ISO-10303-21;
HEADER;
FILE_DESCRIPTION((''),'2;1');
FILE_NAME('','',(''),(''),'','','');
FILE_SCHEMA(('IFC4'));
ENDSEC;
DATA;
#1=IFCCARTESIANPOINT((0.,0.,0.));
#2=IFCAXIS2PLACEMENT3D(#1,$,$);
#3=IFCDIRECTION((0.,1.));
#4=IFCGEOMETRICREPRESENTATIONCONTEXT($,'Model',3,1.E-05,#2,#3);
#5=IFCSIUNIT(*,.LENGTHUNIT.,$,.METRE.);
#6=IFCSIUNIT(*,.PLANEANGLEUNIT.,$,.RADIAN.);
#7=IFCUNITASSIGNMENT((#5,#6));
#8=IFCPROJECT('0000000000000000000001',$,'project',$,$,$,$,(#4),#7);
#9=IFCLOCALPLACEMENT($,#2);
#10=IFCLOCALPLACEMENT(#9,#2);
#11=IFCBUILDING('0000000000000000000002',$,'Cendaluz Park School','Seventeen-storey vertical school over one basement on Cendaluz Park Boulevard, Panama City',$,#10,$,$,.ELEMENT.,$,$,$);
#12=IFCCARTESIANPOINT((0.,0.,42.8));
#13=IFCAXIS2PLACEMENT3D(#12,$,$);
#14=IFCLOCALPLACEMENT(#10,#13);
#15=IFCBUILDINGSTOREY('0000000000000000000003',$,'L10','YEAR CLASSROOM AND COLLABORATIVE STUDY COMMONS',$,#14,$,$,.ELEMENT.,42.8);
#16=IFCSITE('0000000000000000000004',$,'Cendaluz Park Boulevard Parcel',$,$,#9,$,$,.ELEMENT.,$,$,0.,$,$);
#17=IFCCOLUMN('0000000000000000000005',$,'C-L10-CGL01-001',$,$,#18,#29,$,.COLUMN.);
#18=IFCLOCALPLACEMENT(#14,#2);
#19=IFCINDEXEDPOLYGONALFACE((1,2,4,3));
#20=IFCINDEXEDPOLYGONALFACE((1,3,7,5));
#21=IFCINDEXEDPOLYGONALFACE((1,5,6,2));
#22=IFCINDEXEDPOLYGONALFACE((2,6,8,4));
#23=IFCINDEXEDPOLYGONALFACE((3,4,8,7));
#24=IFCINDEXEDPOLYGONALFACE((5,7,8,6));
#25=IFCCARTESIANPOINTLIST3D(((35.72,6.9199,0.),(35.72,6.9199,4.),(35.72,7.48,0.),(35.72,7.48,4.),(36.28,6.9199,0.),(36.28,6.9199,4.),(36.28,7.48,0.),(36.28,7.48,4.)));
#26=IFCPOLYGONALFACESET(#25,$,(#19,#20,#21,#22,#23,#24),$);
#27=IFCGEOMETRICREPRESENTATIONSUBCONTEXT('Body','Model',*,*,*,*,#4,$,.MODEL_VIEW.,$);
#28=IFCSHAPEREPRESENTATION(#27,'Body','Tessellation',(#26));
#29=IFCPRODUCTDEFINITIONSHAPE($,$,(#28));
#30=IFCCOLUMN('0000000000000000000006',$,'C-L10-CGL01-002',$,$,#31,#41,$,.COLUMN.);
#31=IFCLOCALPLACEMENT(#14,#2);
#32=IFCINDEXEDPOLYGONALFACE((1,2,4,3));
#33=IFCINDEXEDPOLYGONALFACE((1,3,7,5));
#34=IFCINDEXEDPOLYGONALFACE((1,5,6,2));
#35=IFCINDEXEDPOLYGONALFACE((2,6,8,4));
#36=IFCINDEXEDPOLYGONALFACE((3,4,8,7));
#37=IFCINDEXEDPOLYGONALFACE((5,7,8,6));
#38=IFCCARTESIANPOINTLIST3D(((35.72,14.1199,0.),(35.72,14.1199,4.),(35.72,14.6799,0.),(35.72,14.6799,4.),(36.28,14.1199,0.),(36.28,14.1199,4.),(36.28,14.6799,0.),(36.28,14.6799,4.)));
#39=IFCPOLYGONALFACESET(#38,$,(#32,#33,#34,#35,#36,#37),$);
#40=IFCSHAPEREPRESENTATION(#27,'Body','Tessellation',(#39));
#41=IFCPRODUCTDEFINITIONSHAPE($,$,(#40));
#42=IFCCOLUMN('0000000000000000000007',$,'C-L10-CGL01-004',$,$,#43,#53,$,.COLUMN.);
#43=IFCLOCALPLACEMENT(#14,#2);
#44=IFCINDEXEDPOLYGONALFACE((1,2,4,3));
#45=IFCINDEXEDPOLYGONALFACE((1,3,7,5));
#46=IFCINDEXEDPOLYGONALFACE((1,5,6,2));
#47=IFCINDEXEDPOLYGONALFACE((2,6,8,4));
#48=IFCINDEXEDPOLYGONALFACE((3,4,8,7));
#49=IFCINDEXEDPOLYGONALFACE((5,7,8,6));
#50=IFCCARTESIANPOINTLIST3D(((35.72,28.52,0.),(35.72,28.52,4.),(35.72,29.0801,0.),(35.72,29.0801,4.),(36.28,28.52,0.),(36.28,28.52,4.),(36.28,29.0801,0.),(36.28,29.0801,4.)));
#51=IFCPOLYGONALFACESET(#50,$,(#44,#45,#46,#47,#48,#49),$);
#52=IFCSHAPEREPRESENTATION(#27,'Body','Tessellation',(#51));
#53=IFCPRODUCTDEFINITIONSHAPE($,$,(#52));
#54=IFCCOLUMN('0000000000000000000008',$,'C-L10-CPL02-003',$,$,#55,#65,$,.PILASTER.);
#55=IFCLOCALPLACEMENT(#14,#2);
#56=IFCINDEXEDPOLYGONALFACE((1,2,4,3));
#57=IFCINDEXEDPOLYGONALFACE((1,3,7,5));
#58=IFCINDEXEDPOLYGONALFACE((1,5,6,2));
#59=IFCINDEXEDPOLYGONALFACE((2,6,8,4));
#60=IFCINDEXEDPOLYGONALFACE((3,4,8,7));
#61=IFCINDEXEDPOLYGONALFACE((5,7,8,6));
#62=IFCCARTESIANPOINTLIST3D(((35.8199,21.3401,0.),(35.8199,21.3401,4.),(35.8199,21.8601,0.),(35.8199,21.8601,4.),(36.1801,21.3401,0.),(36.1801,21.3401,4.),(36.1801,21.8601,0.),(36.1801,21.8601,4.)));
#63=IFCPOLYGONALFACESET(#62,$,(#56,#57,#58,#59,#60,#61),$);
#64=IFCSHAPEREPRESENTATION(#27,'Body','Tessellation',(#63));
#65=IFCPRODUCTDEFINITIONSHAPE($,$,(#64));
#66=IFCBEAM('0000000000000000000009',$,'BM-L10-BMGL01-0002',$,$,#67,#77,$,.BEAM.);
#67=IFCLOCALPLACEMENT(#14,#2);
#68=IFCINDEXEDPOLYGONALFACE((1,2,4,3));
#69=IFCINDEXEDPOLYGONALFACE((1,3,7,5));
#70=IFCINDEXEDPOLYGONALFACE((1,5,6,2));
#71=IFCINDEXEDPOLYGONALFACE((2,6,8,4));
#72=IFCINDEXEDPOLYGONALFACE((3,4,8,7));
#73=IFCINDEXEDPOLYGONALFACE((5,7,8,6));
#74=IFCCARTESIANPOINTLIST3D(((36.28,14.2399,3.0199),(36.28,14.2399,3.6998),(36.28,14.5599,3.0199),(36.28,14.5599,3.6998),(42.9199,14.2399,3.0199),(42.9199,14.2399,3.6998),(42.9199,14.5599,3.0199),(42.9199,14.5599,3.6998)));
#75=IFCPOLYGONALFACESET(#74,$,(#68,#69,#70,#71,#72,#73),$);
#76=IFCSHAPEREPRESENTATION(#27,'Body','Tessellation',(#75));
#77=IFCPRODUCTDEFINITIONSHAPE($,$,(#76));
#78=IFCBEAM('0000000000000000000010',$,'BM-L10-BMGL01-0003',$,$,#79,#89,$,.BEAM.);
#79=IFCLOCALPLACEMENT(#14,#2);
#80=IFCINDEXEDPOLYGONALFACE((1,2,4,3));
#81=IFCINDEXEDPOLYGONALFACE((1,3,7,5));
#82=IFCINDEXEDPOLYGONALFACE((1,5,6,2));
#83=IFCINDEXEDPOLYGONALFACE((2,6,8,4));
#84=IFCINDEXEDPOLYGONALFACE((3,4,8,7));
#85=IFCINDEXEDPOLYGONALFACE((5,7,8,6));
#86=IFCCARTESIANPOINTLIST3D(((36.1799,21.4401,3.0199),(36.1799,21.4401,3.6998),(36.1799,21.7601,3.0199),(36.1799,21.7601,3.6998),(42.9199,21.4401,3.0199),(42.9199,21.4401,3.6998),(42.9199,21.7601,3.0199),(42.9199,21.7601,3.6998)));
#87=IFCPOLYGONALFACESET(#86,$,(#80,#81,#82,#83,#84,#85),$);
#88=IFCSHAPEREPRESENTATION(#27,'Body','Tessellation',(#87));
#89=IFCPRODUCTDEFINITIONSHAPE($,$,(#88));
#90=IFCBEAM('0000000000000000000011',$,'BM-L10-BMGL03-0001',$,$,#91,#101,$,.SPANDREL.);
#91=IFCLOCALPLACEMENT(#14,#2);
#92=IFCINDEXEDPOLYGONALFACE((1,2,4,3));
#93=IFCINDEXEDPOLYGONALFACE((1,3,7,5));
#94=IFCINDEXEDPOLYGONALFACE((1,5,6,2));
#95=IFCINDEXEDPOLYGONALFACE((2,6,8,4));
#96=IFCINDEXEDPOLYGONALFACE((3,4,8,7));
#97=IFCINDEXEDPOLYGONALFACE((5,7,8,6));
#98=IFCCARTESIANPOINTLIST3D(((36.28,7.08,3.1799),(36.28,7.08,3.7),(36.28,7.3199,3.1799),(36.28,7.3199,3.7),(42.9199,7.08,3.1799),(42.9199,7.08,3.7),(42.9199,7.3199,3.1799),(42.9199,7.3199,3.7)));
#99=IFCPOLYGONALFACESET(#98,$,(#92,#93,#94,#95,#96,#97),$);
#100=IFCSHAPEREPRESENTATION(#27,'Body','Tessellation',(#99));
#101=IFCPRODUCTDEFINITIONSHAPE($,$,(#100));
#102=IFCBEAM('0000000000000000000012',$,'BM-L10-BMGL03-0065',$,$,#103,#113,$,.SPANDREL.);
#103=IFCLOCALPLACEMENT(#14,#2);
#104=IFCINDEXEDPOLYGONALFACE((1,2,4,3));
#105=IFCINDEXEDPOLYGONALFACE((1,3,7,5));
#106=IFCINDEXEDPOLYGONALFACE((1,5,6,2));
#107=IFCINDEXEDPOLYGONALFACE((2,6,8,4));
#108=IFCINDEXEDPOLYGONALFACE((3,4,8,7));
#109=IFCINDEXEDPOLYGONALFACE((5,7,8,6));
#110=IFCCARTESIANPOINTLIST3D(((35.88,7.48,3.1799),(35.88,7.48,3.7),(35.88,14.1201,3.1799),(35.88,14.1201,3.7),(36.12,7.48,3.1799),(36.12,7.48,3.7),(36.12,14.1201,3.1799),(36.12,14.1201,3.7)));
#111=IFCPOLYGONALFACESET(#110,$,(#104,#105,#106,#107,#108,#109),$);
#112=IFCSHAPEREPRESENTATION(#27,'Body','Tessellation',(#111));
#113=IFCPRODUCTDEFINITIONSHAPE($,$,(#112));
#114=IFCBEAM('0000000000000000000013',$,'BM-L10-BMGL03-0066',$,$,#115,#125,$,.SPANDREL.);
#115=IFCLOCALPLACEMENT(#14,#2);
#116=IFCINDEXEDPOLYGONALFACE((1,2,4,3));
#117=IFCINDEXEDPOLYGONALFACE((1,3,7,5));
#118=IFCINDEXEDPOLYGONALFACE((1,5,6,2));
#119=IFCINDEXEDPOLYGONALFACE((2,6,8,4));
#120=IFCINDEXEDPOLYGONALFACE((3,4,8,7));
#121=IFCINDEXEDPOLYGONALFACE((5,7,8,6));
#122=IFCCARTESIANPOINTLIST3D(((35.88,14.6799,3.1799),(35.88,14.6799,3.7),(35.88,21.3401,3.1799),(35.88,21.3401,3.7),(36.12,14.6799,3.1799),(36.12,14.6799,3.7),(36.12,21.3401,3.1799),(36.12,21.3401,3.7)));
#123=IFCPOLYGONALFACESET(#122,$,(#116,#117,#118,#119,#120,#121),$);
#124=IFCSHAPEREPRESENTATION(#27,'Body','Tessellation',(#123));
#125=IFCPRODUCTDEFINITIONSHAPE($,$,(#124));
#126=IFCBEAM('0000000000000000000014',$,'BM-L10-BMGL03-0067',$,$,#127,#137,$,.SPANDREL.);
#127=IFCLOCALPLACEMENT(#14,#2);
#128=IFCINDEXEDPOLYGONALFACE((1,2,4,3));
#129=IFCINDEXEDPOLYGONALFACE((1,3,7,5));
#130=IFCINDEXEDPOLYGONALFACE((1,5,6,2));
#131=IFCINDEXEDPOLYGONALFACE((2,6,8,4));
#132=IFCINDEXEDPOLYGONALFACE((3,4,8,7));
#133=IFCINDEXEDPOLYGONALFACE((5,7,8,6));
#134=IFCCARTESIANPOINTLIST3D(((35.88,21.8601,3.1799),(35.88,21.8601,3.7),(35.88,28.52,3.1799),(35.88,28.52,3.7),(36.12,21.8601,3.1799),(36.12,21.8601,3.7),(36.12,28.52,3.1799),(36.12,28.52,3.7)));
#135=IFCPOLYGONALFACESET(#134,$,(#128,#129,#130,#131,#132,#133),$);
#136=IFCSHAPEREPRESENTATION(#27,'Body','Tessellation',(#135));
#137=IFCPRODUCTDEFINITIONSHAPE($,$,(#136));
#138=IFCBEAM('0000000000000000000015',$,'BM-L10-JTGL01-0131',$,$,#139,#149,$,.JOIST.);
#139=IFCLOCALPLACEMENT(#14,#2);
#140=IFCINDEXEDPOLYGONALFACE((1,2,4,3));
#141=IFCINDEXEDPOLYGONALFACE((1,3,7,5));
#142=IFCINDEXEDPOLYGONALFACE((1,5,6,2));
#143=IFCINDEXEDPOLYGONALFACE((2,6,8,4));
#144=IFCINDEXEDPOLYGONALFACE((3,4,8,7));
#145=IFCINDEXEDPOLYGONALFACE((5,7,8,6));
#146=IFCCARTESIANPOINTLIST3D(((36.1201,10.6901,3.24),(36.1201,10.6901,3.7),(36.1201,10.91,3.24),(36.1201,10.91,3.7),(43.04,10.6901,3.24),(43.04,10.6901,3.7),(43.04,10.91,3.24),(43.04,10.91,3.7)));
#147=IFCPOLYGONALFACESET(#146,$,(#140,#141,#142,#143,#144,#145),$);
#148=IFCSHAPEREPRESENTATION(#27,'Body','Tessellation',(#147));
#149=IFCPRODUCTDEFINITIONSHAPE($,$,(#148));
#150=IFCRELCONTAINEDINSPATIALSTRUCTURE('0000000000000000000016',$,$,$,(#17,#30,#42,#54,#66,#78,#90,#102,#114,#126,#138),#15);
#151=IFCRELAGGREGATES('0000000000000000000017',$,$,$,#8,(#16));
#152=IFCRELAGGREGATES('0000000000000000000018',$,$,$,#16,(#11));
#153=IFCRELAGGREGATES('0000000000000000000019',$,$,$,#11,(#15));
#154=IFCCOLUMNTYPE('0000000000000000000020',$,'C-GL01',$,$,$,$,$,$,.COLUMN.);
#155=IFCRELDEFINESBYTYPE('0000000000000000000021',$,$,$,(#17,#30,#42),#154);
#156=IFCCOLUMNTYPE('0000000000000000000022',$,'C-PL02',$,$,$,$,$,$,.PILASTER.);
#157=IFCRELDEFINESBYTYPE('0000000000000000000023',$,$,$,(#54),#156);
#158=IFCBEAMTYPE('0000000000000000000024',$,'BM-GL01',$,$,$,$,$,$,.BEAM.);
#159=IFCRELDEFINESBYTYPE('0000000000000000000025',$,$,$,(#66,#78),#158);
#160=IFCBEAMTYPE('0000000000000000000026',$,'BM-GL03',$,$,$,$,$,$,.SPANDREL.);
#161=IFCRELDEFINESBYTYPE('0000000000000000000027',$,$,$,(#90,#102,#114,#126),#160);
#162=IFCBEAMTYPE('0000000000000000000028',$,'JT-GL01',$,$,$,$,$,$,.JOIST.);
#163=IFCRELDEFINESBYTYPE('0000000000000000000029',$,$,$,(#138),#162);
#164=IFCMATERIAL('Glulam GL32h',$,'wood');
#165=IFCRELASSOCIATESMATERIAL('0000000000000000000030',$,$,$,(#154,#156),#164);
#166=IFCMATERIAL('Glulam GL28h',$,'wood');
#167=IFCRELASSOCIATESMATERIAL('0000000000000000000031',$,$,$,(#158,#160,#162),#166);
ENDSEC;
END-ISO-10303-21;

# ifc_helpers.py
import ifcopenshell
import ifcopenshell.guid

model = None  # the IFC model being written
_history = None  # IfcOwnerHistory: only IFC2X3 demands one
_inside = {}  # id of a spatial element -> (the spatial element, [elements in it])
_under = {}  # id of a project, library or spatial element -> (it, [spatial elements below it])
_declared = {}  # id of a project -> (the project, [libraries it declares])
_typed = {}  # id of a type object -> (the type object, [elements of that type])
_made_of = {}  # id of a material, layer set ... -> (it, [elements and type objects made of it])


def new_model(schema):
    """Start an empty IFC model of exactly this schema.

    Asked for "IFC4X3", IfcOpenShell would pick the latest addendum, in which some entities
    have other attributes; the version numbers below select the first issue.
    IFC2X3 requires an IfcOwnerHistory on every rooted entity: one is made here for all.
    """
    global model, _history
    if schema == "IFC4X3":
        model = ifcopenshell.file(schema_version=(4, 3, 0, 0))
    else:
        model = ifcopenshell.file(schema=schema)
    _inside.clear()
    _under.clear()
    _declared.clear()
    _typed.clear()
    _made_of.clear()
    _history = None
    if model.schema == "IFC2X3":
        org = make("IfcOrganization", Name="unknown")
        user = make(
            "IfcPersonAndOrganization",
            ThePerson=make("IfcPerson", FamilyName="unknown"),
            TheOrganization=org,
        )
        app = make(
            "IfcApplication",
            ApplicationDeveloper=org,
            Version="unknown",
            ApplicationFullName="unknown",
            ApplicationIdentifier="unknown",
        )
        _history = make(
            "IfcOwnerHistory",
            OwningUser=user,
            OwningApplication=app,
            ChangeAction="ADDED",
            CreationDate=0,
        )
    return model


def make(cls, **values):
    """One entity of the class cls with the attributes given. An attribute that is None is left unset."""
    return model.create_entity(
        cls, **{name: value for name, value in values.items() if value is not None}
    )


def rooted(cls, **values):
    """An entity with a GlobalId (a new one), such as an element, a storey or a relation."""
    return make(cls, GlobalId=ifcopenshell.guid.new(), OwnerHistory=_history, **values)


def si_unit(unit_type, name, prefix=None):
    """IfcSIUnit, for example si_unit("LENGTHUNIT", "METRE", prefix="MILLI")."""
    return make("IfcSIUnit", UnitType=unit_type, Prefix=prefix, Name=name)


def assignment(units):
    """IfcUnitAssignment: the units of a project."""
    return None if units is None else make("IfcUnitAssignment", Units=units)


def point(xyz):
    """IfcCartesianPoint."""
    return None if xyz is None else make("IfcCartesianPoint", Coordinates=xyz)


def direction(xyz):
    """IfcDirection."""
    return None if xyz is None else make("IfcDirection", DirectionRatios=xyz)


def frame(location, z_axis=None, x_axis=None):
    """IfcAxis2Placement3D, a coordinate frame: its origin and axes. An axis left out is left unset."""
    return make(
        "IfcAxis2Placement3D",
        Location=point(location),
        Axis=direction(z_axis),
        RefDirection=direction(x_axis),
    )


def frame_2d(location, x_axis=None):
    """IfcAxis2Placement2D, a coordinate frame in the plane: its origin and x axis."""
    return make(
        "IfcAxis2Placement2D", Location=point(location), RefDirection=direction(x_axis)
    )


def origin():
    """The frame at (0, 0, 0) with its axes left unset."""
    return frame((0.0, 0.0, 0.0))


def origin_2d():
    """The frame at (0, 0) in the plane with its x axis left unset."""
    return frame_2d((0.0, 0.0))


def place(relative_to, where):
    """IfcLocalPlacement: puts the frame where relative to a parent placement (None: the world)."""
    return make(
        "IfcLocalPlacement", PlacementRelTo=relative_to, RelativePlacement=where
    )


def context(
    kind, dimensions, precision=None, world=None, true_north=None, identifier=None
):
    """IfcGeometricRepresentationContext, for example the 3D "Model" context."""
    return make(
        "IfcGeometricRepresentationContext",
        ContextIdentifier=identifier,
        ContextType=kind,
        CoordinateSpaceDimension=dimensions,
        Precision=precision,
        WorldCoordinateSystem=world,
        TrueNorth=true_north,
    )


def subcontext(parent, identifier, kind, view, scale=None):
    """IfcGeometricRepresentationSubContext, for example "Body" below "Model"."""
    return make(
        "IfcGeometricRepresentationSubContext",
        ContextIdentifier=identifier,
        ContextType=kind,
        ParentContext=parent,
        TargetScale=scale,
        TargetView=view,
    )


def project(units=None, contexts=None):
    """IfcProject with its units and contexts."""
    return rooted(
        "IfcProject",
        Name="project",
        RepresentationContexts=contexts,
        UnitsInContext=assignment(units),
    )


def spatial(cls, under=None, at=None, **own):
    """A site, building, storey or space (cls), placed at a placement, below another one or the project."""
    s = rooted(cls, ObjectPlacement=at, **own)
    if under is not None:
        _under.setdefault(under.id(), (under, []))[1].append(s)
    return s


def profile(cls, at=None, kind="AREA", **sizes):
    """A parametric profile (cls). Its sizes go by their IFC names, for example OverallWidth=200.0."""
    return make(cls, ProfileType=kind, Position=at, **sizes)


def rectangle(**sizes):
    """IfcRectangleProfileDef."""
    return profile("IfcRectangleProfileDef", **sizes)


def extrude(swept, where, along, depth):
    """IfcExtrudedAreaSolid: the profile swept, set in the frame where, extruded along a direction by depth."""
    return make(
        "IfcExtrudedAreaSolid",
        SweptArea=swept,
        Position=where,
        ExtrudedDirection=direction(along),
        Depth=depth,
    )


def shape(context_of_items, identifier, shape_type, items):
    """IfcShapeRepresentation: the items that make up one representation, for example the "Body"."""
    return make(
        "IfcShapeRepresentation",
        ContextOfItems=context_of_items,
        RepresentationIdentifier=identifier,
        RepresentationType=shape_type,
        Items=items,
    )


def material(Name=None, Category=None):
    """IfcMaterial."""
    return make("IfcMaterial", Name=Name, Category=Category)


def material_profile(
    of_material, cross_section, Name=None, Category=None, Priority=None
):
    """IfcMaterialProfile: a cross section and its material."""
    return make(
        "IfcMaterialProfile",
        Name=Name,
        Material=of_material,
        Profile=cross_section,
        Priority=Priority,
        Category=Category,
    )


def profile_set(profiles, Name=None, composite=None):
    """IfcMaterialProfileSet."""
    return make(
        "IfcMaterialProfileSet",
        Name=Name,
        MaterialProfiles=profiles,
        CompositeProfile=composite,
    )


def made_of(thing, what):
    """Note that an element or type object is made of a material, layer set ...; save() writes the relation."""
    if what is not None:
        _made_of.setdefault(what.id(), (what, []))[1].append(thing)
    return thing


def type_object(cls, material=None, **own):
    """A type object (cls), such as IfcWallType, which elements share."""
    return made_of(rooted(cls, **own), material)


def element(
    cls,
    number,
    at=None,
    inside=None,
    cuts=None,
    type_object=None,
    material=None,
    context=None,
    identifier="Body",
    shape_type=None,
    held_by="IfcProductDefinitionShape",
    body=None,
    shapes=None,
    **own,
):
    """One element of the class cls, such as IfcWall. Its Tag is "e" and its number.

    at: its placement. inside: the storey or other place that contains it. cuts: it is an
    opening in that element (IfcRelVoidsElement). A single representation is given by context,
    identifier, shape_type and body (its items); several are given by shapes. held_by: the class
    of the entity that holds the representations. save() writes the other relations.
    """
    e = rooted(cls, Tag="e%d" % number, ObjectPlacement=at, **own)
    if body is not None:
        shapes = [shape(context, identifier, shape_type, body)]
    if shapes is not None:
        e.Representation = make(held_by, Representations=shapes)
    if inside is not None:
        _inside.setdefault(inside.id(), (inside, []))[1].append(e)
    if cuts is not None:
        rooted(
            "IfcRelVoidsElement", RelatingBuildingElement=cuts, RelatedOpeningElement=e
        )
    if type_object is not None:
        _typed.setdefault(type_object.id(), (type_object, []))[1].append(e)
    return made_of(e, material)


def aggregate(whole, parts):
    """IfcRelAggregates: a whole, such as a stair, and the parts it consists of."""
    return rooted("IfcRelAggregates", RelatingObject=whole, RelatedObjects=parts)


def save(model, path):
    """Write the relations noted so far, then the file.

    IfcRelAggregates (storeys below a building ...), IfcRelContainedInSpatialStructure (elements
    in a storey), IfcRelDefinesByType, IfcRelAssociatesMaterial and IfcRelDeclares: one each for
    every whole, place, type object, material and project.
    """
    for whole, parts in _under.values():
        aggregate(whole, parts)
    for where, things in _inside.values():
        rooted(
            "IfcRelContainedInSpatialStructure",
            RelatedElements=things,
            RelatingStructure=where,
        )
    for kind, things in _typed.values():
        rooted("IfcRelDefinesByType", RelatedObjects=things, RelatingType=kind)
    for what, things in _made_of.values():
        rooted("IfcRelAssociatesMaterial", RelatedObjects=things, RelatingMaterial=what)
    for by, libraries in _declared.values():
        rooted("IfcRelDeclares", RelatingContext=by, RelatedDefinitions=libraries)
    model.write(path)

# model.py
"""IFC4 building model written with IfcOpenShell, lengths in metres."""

from ifc_helpers import new_model, si_unit, direction, frame, origin, origin_2d, place, context, subcontext, project, spatial, rectangle, extrude, material, material_profile, profile_set, type_object, element, save


model = new_model("IFC4")

# Units and contexts
model_context = context("Model", 3, precision=1e-05, world=origin(), true_north=direction((0.0, 1.0)))
body_context = subcontext(model_context, "Body", "Model", "MODEL_VIEW")
ifc_project = project(units=[si_unit("LENGTHUNIT", "METRE"), si_unit("PLANEANGLEUNIT", "RADIAN")], contexts=[model_context])

# Site, building, storey
site_placement = place(None, origin())
site = spatial("IfcSite", under=ifc_project, at=site_placement, Name="Cendaluz Park Boulevard Parcel", CompositionType="ELEMENT", RefElevation=0.0)
building_placement = place(site_placement, origin())
building = spatial("IfcBuilding", under=site, at=building_placement, Name="Cendaluz Park School", Description="Seventeen-storey vertical school over one basement on Cendaluz Park Boulevard, Panama City", CompositionType="ELEMENT")
storey_placement = place(building_placement, frame((0.0, 0.0, 42.8)))
storey = spatial("IfcBuildingStorey", under=building, at=storey_placement, Name="L10", Description="YEAR CLASSROOM AND COLLABORATIVE STUDY COMMONS", CompositionType="ELEMENT", Elevation=42.8)

# Columns
ifc_material_1 = material(Name="Glulam GL32h", Category="wood")
ifc_material_profile_1 = material_profile(ifc_material_1, rectangle(XDim=0.5601, YDim=0.5601, at=origin_2d()), Name="GL32h 560x560", Category="wood")
ifc_profile_set_1 = profile_set([ifc_material_profile_1], Name="Glulam GL32h")
column_type_1 = type_object("IfcColumnType", Name="C-GL01", PredefinedType="COLUMN", material=ifc_profile_set_1)
for number, where, z_axis, x_axis, name in (
    (1, (36.0, 7.2, 0.0), (0.0, 0.0, 1.0), (1.0, 0.0, 0.0), "C-L10-CGL01-001"),
    (2, (36.0, 14.3999, 0.0), (0.0, 0.0, 1.0), (1.0, 0.0, 0.0), "C-L10-CGL01-002"),
    (3, (36.0, 28.8, 0.0), (0.0, 0.0, 1.0), (1.0, 0.0, 0.0), "C-L10-CGL01-004"),
):
    element("IfcColumn", number, at=place(storey_placement, frame(where, z_axis=z_axis, x_axis=x_axis)), inside=storey, type_object=column_type_1, Name=name, PredefinedType="COLUMN", context=body_context, shape_type="SweptSolid", body=[
        extrude(rectangle(XDim=0.5601, YDim=0.5601, at=origin_2d()), origin(), (0.0, 0.0, 1.0), 4.0),
    ])
ifc_material_profile_2 = material_profile(ifc_material_1, rectangle(XDim=0.3601, YDim=0.52, at=origin_2d()), Name="GL32h 360x520", Category="wood")
ifc_profile_set_2 = profile_set([ifc_material_profile_2], Name="Glulam GL32h")
column_type_2 = type_object("IfcColumnType", Name="C-PL02", PredefinedType="PILASTER", material=ifc_profile_set_2)
column_placement = place(storey_placement, frame((36.0, 21.6001, 0.0), z_axis=(0.0, 0.0, 1.0), x_axis=(1.0, 0.0, 0.0)))
element("IfcColumn", 4, at=column_placement, inside=storey, type_object=column_type_2, Name="C-L10-CPL02-003", PredefinedType="PILASTER", context=body_context, shape_type="SweptSolid", body=[
    extrude(rectangle(XDim=0.3601, YDim=0.52, at=origin_2d()), origin(), (0.0, 0.0, 1.0), 4.0),
])

# Beams
ifc_material_2 = material(Name="Glulam GL28h", Category="wood")
ifc_material_profile_3 = material_profile(ifc_material_2, rectangle(XDim=0.3201, YDim=0.6799, at=origin_2d()), Name="GL28h 320x680", Category="wood")
ifc_profile_set_3 = profile_set([ifc_material_profile_3], Name="Glulam GL28h")
beam_type_1 = type_object("IfcBeamType", Name="BM-GL01", PredefinedType="BEAM", material=ifc_profile_set_3)
beam_1_placement = place(storey_placement, frame((36.28, 14.3999, 3.3599), z_axis=(1.0, 0.0, 0.0), x_axis=(0.0, 1.0, 0.0)))
element("IfcBeam", 5, at=beam_1_placement, inside=storey, type_object=beam_type_1, Name="BM-L10-BMGL01-0002", PredefinedType="BEAM", context=body_context, shape_type="SweptSolid", body=[
    extrude(rectangle(XDim=0.3201, YDim=0.6799, at=origin_2d()), origin(), (0.0, 0.0, 1.0), 6.6399),
])
beam_2_placement = place(storey_placement, frame((36.1799, 21.6001, 3.3599), z_axis=(1.0, 0.0, 0.0), x_axis=(0.0, 1.0, 0.0)))
element("IfcBeam", 6, at=beam_2_placement, inside=storey, type_object=beam_type_1, Name="BM-L10-BMGL01-0003", PredefinedType="BEAM", context=body_context, shape_type="SweptSolid", body=[
    extrude(rectangle(XDim=0.3201, YDim=0.6799, at=origin_2d()), origin(), (0.0, 0.0, 1.0), 6.74),
])
ifc_material_profile_4 = material_profile(ifc_material_2, rectangle(XDim=0.24, YDim=0.52, at=origin_2d()), Name="GL28h 240x520", Category="wood")
ifc_profile_set_4 = profile_set([ifc_material_profile_4], Name="Glulam GL28h")
beam_type_2 = type_object("IfcBeamType", Name="BM-GL03", PredefinedType="SPANDREL", material=ifc_profile_set_4)
beam_3_placement = place(storey_placement, frame((36.28, 7.2, 3.4399), z_axis=(1.0, 0.0, 0.0), x_axis=(0.0, 1.0, 0.0)))
element("IfcBeam", 7, at=beam_3_placement, inside=storey, type_object=beam_type_2, Name="BM-L10-BMGL03-0001", PredefinedType="SPANDREL", context=body_context, shape_type="SweptSolid", body=[
    extrude(rectangle(XDim=0.24, YDim=0.52, at=origin_2d()), origin(), (0.0, 0.0, 1.0), 6.6399),
])
beam_4_placement = place(storey_placement, frame((36.0, 7.48, 3.4399), z_axis=(0.0, 1.0, 0.0), x_axis=(-1.0, 0.0, 0.0)))
element("IfcBeam", 8, at=beam_4_placement, inside=storey, type_object=beam_type_2, Name="BM-L10-BMGL03-0065", PredefinedType="SPANDREL", context=body_context, shape_type="SweptSolid", body=[
    extrude(rectangle(XDim=0.24, YDim=0.52, at=origin_2d()), origin(), (0.0, 0.0, 1.0), 6.6401),
])
beam_5_placement = place(storey_placement, frame((36.0, 14.6799, 3.4399), z_axis=(0.0, 1.0, 0.0), x_axis=(-1.0, 0.0, 0.0)))
element("IfcBeam", 9, at=beam_5_placement, inside=storey, type_object=beam_type_2, Name="BM-L10-BMGL03-0066", PredefinedType="SPANDREL", context=body_context, shape_type="SweptSolid", body=[
    extrude(rectangle(XDim=0.24, YDim=0.52, at=origin_2d()), origin(), (0.0, 0.0, 1.0), 6.6602),
])
beam_6_placement = place(storey_placement, frame((36.0, 21.8601, 3.4399), z_axis=(0.0, 1.0, 0.0), x_axis=(-1.0, 0.0, 0.0)))
element("IfcBeam", 10, at=beam_6_placement, inside=storey, type_object=beam_type_2, Name="BM-L10-BMGL03-0067", PredefinedType="SPANDREL", context=body_context, shape_type="SweptSolid", body=[
    extrude(rectangle(XDim=0.24, YDim=0.52, at=origin_2d()), origin(), (0.0, 0.0, 1.0), 6.6599),
])
ifc_material_profile_5 = material_profile(ifc_material_2, rectangle(XDim=0.22, YDim=0.46, at=origin_2d()), Name="GL28h 220x460", Category="wood")
ifc_profile_set_5 = profile_set([ifc_material_profile_5], Name="Glulam GL28h")
beam_type_3 = type_object("IfcBeamType", Name="JT-GL01", PredefinedType="JOIST", material=ifc_profile_set_5)
beam_7_placement = place(storey_placement, frame((36.1201, 10.8, 3.47), z_axis=(1.0, 0.0, 0.0), x_axis=(0.0, 1.0, 0.0)))
element("IfcBeam", 11, at=beam_7_placement, inside=storey, type_object=beam_type_3, Name="BM-L10-JTGL01-0131", PredefinedType="JOIST", context=body_context, shape_type="SweptSolid", body=[
    extrude(rectangle(XDim=0.22, YDim=0.46, at=origin_2d()), origin(), (0.0, 0.0, 1.0), 6.9199),
])

save(model, "model.ifc")
